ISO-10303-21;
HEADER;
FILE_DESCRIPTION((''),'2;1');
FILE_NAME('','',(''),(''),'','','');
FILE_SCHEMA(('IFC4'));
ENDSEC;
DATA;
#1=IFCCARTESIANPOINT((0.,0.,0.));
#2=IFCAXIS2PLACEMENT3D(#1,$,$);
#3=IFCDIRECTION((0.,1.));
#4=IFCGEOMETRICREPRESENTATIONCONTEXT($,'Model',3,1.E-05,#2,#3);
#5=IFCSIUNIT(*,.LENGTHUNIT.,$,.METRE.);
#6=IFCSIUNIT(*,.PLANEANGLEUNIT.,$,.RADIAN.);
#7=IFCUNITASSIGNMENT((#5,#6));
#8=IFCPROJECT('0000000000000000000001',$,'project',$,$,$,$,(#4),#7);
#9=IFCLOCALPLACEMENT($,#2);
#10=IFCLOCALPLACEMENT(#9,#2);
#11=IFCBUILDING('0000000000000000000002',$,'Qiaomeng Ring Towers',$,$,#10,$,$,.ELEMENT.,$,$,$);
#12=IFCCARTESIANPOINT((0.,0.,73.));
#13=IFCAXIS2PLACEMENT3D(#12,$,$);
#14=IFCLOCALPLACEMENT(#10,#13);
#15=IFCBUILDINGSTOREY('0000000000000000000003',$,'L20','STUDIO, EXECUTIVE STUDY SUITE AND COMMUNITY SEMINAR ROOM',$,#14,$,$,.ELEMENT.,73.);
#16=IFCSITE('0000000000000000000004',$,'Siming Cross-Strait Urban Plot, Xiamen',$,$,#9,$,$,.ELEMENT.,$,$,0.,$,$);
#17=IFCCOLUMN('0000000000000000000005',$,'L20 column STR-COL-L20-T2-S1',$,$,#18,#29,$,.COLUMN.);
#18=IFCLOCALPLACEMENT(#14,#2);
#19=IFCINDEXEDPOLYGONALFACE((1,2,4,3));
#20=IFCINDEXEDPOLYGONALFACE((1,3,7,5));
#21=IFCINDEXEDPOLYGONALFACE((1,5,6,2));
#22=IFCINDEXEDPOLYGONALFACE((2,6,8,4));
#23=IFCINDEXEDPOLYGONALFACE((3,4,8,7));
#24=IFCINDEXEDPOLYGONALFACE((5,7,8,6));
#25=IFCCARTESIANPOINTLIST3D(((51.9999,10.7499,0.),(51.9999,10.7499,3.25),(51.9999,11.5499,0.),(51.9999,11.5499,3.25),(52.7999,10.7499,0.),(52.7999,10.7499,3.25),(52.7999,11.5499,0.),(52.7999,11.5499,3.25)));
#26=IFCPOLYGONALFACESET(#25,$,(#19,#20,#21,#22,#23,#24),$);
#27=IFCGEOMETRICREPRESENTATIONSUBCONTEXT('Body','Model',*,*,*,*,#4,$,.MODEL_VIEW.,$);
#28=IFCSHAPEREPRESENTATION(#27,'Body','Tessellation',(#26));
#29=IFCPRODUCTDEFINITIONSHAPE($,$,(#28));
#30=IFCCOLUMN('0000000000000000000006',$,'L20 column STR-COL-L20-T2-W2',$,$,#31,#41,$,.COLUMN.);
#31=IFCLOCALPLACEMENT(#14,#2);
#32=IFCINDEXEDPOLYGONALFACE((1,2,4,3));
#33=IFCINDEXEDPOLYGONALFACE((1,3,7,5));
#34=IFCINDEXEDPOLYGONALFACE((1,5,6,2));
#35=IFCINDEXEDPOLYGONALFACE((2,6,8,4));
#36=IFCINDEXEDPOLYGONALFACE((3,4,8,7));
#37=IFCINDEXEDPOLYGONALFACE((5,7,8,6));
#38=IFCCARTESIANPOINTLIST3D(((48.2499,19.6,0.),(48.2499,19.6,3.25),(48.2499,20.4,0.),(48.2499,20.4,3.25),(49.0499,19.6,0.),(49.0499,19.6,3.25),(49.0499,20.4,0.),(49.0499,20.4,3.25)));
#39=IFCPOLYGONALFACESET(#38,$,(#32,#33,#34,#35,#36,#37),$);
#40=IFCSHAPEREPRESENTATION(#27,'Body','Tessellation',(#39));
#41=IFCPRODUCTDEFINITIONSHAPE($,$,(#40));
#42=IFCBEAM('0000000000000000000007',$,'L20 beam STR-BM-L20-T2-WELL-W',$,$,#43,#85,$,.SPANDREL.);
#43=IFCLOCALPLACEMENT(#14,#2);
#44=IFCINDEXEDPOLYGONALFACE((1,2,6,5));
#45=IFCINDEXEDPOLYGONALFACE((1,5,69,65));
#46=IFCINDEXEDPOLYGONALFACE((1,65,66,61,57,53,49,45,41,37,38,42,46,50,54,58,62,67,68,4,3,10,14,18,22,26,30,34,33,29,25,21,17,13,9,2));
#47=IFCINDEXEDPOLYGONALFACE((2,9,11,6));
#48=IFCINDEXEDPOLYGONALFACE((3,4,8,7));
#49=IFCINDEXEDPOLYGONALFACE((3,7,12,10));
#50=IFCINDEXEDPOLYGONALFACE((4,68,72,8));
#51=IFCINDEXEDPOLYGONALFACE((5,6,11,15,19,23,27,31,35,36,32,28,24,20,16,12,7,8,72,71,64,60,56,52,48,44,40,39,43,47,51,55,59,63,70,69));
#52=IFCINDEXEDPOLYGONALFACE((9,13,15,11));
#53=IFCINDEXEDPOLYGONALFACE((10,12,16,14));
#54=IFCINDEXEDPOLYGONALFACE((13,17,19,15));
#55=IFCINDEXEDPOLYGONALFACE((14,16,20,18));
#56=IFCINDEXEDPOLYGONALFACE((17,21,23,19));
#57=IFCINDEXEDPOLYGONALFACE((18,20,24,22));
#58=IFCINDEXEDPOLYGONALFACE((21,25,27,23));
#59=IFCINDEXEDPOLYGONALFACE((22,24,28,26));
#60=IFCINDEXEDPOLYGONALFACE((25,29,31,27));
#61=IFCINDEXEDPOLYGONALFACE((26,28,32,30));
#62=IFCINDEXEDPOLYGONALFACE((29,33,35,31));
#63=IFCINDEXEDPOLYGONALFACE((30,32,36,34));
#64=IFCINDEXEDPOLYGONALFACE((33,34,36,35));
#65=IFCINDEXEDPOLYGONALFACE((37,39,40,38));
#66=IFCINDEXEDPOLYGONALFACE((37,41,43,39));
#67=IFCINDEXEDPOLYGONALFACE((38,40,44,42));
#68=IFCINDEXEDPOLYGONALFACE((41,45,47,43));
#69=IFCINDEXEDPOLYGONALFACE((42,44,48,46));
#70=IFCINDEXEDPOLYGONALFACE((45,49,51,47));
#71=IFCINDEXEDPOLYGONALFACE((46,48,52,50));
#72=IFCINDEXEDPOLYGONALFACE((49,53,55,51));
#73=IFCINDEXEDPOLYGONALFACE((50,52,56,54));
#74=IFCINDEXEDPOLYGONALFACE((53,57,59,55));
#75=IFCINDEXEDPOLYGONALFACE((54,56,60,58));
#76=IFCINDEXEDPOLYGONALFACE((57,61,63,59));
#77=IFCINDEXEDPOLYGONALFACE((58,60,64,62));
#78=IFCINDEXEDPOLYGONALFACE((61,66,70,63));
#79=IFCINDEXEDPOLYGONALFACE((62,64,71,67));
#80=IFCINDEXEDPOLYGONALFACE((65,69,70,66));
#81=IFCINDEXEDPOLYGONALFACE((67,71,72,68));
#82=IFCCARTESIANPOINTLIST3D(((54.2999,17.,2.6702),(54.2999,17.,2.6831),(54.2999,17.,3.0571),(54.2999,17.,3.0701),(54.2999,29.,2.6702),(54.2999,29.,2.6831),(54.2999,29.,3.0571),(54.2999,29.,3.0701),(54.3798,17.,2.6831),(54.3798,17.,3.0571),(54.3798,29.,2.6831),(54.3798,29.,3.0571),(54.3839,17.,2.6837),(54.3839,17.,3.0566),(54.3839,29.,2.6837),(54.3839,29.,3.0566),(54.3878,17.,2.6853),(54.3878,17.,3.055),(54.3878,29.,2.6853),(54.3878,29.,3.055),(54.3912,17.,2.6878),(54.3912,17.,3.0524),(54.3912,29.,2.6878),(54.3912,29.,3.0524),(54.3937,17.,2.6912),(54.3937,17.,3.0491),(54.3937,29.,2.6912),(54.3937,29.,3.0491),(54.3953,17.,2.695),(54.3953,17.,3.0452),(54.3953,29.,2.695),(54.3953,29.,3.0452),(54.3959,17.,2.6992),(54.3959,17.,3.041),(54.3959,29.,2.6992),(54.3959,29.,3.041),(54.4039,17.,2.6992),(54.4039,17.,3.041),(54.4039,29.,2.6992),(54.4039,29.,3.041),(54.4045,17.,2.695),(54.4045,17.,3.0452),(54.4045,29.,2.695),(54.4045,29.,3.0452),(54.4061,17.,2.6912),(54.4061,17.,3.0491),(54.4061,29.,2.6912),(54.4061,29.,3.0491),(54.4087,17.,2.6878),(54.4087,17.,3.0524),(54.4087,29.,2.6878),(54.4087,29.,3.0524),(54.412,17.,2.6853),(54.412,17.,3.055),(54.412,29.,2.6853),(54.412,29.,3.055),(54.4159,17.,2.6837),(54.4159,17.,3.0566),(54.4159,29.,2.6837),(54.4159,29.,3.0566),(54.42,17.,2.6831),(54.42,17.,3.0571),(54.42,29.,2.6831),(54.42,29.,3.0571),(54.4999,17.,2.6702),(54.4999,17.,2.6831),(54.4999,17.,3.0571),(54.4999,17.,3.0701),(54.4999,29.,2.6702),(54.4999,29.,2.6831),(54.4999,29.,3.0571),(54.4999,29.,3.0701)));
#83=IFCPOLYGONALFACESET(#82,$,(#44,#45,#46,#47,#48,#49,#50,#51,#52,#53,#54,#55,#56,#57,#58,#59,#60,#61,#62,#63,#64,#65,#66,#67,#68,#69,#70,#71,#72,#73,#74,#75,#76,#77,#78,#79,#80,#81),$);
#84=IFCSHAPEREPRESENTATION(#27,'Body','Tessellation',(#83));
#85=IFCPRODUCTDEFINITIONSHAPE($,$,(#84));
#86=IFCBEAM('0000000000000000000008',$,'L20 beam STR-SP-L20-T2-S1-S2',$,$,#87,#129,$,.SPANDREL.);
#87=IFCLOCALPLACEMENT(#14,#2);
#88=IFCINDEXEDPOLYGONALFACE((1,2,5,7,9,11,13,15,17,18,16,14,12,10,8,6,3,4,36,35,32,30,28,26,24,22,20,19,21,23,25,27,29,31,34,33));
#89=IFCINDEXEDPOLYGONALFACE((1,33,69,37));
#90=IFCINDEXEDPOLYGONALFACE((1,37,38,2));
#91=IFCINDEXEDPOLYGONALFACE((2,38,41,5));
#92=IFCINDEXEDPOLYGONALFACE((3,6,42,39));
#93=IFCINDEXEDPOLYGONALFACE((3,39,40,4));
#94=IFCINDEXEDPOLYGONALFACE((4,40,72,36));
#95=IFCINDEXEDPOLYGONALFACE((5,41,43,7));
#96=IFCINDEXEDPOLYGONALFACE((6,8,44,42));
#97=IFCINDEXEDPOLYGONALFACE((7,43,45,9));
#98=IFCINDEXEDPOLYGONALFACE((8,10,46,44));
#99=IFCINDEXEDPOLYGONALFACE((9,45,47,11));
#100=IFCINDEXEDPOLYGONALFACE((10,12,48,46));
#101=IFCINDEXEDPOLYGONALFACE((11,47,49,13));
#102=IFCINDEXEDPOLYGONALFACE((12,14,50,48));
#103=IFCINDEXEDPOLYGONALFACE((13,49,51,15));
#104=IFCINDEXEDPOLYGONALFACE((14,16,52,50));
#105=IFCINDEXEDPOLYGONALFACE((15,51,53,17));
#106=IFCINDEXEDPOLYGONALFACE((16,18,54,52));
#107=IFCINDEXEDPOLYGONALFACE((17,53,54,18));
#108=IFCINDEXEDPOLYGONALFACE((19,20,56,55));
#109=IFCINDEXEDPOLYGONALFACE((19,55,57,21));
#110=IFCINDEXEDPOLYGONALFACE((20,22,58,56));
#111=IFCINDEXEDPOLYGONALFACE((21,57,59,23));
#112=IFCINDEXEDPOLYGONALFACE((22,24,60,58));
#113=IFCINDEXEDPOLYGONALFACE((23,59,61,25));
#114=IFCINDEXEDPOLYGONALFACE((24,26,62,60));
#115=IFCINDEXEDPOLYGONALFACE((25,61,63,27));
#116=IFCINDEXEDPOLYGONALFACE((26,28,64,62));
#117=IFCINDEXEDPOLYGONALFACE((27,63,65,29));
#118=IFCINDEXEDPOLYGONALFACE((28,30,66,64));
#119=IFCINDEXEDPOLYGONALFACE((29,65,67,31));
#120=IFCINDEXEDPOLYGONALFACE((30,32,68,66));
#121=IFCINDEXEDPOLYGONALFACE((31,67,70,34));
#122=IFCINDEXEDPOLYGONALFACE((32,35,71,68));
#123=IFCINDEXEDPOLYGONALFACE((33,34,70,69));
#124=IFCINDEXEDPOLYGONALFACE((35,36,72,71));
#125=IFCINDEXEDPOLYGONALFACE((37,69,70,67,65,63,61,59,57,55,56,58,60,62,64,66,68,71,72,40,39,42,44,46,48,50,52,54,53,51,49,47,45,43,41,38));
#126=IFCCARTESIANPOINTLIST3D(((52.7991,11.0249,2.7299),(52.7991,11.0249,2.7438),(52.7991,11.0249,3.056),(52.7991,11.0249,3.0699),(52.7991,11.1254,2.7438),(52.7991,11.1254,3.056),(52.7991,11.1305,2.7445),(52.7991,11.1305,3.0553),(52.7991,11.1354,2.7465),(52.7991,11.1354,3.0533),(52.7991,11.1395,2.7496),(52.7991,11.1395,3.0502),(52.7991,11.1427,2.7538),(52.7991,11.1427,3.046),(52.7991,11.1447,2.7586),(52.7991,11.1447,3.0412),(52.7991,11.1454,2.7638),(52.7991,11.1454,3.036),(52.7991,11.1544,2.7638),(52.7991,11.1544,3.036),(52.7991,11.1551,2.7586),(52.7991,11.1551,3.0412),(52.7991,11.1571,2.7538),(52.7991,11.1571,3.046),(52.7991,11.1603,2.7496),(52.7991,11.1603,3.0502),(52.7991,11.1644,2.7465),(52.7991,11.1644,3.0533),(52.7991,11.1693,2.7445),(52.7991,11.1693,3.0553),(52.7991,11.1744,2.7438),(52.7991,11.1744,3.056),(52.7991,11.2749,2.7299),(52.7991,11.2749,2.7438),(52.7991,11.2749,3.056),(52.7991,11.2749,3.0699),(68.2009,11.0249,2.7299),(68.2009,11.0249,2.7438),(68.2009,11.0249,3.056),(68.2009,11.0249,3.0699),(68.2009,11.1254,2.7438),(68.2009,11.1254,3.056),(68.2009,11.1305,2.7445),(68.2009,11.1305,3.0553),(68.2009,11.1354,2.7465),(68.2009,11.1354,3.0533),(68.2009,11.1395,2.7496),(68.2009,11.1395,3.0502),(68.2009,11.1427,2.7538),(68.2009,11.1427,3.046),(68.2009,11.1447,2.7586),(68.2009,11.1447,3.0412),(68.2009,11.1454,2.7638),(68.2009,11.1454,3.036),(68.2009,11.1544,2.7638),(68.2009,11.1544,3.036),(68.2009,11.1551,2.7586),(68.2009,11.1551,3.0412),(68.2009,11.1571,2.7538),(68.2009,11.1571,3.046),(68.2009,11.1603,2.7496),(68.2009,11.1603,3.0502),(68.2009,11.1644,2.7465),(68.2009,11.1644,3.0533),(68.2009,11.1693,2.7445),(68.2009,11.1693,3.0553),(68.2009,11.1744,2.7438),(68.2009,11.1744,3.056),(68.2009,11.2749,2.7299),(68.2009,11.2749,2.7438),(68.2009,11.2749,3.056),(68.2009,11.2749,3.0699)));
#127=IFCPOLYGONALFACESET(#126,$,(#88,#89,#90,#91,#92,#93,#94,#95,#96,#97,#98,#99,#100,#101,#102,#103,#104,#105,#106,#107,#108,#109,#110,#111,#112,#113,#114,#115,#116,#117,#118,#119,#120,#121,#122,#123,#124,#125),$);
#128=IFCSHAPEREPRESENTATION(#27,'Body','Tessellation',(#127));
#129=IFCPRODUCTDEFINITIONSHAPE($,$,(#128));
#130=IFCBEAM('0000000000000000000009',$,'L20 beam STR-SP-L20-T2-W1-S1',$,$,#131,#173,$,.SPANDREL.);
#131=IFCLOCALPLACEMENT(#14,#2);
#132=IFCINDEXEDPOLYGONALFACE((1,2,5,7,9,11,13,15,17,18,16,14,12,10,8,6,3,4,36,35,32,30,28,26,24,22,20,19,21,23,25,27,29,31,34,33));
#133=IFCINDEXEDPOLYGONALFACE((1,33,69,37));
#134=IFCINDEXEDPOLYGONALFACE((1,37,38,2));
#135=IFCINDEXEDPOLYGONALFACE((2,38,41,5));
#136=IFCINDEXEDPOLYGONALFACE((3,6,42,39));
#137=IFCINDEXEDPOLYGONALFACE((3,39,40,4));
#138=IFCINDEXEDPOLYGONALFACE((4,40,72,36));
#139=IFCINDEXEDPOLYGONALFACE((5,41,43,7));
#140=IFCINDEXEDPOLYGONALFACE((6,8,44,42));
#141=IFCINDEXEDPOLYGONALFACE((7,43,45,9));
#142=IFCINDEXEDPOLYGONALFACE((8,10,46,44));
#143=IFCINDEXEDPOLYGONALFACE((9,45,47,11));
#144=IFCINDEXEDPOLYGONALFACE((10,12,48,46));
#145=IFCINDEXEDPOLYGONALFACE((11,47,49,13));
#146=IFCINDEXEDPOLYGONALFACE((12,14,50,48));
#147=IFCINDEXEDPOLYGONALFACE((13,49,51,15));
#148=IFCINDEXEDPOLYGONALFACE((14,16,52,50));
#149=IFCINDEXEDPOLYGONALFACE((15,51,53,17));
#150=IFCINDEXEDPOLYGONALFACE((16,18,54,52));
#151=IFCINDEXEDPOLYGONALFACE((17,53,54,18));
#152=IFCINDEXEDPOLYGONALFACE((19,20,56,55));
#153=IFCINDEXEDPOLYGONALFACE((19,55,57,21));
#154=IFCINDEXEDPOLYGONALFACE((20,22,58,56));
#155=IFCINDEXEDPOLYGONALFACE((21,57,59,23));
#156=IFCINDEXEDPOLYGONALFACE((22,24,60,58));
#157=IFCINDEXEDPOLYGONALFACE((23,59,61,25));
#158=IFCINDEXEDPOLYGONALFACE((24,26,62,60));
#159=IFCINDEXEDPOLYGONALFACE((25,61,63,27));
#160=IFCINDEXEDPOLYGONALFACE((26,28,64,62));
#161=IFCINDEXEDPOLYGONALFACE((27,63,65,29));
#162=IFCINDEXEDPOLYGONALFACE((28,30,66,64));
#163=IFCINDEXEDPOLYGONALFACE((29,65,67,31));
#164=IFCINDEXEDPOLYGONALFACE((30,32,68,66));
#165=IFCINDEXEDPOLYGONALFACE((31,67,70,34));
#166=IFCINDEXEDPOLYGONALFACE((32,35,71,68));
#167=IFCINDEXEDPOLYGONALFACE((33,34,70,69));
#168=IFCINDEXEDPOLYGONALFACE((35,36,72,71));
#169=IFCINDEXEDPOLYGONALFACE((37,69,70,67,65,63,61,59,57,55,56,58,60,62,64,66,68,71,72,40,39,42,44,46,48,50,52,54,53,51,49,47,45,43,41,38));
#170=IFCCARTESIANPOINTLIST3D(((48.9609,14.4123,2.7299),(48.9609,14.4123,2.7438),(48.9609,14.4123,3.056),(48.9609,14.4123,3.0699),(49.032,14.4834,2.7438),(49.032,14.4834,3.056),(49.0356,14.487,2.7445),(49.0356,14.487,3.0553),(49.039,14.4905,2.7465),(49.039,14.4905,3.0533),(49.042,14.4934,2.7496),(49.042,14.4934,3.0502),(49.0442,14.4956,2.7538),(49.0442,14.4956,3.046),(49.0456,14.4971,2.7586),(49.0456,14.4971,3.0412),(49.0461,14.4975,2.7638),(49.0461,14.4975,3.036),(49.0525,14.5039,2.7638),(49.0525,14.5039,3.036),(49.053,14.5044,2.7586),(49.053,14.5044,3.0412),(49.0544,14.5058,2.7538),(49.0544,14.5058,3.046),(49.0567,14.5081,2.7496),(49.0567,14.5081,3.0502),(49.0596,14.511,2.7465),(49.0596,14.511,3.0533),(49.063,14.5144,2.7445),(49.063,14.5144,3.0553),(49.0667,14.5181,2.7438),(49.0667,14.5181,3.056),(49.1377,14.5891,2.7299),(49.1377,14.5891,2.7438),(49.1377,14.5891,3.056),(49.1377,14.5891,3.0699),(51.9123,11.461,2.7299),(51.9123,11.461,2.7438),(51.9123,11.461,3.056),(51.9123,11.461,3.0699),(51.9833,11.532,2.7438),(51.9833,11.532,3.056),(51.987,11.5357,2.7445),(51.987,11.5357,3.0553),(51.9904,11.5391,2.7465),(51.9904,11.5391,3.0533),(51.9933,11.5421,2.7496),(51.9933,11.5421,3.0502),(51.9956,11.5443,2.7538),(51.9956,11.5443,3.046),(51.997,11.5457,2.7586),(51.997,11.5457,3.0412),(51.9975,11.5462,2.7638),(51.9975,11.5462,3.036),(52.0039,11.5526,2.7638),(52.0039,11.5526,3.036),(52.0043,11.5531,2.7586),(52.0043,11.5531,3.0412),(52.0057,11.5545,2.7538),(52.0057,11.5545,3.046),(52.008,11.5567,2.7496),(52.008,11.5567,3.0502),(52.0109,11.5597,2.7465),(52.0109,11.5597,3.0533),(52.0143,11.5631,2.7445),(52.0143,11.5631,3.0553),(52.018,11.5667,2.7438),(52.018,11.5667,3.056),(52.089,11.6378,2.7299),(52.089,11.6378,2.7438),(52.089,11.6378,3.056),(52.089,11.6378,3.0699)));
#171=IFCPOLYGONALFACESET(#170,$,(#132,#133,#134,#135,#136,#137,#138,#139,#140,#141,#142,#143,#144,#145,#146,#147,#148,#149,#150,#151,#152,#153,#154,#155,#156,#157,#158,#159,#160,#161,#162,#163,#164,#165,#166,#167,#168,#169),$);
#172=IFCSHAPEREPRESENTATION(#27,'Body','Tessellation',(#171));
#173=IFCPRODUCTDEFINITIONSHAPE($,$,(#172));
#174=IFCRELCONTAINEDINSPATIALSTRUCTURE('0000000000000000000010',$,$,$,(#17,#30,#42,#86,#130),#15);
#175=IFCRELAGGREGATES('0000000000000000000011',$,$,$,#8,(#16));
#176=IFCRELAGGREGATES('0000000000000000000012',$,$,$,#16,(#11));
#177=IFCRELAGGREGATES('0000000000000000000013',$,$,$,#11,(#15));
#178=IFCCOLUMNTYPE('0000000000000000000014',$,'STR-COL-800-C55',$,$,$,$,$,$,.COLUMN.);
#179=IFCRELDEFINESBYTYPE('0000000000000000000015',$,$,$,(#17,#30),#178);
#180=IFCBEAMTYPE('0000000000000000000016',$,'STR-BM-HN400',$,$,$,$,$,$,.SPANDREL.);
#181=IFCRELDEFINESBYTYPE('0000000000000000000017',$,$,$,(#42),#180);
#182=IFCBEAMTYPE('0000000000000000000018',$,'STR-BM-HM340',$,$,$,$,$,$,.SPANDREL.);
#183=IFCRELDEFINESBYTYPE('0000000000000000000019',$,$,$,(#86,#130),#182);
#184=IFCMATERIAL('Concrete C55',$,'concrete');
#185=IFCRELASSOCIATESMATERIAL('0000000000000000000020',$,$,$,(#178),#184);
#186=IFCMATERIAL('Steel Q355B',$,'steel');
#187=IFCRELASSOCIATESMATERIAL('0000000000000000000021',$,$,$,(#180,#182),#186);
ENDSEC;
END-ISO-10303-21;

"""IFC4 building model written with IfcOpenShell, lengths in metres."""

from ifc_helpers import new_model, si_unit, direction, frame, origin, origin_2d, place, context, subcontext, project, spatial, rectangle, i_section, extrude, source, transform, mapped, material, material_profile, profile_set, type_object, element, save


model = new_model("IFC4")

# Units and contexts
model_context = context("Model", 3, precision=1e-05, world=origin(), true_north=direction((0.0, 1.0)))
body_context = subcontext(model_context, "Body", "Model", "MODEL_VIEW")
ifc_project = project(units=[si_unit("LENGTHUNIT", "METRE"), si_unit("PLANEANGLEUNIT", "RADIAN")], contexts=[model_context])

# Site, building, storey
site_placement = place(None, origin())
site = spatial("IfcSite", under=ifc_project, at=site_placement, Name="Siming Cross-Strait Urban Plot, Xiamen", CompositionType="ELEMENT", RefElevation=0.0)
building_placement = place(site_placement, origin())
building = spatial("IfcBuilding", under=site, at=building_placement, Name="Qiaomeng Ring Towers", CompositionType="ELEMENT")
storey_placement = place(building_placement, frame((0.0, 0.0, 73.0)))
storey = spatial("IfcBuildingStorey", under=building, at=storey_placement, Name="L20", Description="STUDIO, EXECUTIVE STUDY SUITE AND COMMUNITY SEMINAR ROOM", CompositionType="ELEMENT", Elevation=73.0)

# Columns
ifc_material_1 = material(Name="Concrete C55", Category="concrete")
ifc_material_profile_1 = material_profile(ifc_material_1, rectangle(XDim=0.8, YDim=0.8, at=origin_2d()), Name="RC COL 800x800")
ifc_profile_set_1 = profile_set([ifc_material_profile_1], Name="Concrete C55")
column_type = type_object("IfcColumnType", Name="STR-COL-800-C55", PredefinedType="COLUMN", material=ifc_profile_set_1)
shared_shape_1 = source(origin(), body_context, "Body", "SweptSolid", [
    extrude(rectangle(XDim=0.8, YDim=0.8, at=origin_2d()), origin(), (0.0, 0.0, 1.0), 3.25),
])
for number, where, z_axis, x_axis, name in (
    (1, (52.3999, 11.1499, 0.0), (0.0, 0.0, 1.0), (1.0, 0.0, 0.0), "L20 column STR-COL-L20-T2-S1"),
    (2, (48.6499, 20.0, 0.0), (0.0, 0.0, 1.0), (1.0, 0.0, 0.0), "L20 column STR-COL-L20-T2-W2"),
):
    element("IfcColumn", number, at=place(storey_placement, frame(where, z_axis=z_axis, x_axis=x_axis)), inside=storey, type_object=column_type, Name=name, PredefinedType="COLUMN", context=body_context, shape_type="MappedRepresentation", body=[
        mapped(shared_shape_1, transform((0.0, 0.0, 0.0), x_axis=(1.0, 0.0, 0.0), y_axis=(0.0, 1.0, 0.0), z_axis=(0.0, 0.0, 1.0), scale=1.0)),
    ])

# Beams
ifc_material_2 = material(Name="Steel Q355B", Category="steel")
ifc_material_profile_2 = material_profile(ifc_material_2, i_section(OverallWidth=0.2, OverallDepth=0.3999, WebThickness=0.0081, FlangeThickness=0.0129, FilletRadius=0.0161, at=origin_2d()), Name="HN 400x200x8x13")
ifc_profile_set_2 = profile_set([ifc_material_profile_2], Name="Steel Q355B")
beam_type_1 = type_object("IfcBeamType", Name="STR-BM-HN400", PredefinedType="SPANDREL", material=ifc_profile_set_2)
shared_shape_2 = source(origin(), body_context, "Body", "SweptSolid", [
    extrude(i_section(OverallWidth=0.2, OverallDepth=0.3999, WebThickness=0.0081, FlangeThickness=0.0129, FilletRadius=0.0161, at=origin_2d()), origin(), (0.0, 0.0, 1.0), 12.0),
])
beam_1_placement = place(storey_placement, frame((54.3999, 17.0, 2.8701), z_axis=(0.0, 1.0, 0.0), x_axis=(-1.0, 0.0, 0.0)))
element("IfcBeam", 3, at=beam_1_placement, inside=storey, type_object=beam_type_1, Name="L20 beam STR-BM-L20-T2-WELL-W", PredefinedType="SPANDREL", context=body_context, shape_type="MappedRepresentation", body=[
    mapped(shared_shape_2, transform((0.0, 0.0, 0.0), x_axis=(1.0, 0.0, 0.0), y_axis=(0.0, 1.0, 0.0), z_axis=(0.0, 0.0, 1.0), scale=1.0)),
])
ifc_material_profile_3 = material_profile(ifc_material_2, i_section(OverallWidth=0.25, OverallDepth=0.3401, WebThickness=0.009, FlangeThickness=0.0139, FilletRadius=0.02, at=origin_2d()), Name="HM 340x250x9x14")
ifc_profile_set_3 = profile_set([ifc_material_profile_3], Name="Steel Q355B")
beam_type_2 = type_object("IfcBeamType", Name="STR-BM-HM340", PredefinedType="SPANDREL", material=ifc_profile_set_3)
shared_shape_3 = source(origin(), body_context, "Body", "SweptSolid", [
    extrude(i_section(OverallWidth=0.25, OverallDepth=0.3401, WebThickness=0.009, FlangeThickness=0.0139, FilletRadius=0.02, at=origin_2d()), origin(), (0.0, 0.0, 1.0), 15.4019),
])
beam_2_placement = place(storey_placement, frame((52.7991, 11.1499, 2.8999), z_axis=(1.0, 0.0, 0.0), x_axis=(0.0, 1.0, 0.0)))
element("IfcBeam", 4, at=beam_2_placement, inside=storey, type_object=beam_type_2, Name="L20 beam STR-SP-L20-T2-S1-S2", PredefinedType="SPANDREL", context=body_context, shape_type="MappedRepresentation", body=[
    mapped(shared_shape_3, transform((0.0, 0.0, 0.0), x_axis=(1.0, 0.0, 0.0), y_axis=(0.0, 1.0, 0.0), z_axis=(0.0, 0.0, 1.0), scale=1.0)),
])
shared_shape_4 = source(origin(), body_context, "Body", "SweptSolid", [
    extrude(i_section(OverallWidth=0.25, OverallDepth=0.3401, WebThickness=0.009, FlangeThickness=0.0139, FilletRadius=0.02, at=origin_2d()), origin(), (0.0, 0.0, 1.0), 4.1738),
])
beam_3_placement = place(storey_placement, frame((49.0493, 14.5007, 2.8999), z_axis=(0.707107, -0.707107, 0.0), x_axis=(0.707107, 0.707107, 0.0)))
element("IfcBeam", 5, at=beam_3_placement, inside=storey, type_object=beam_type_2, Name="L20 beam STR-SP-L20-T2-W1-S1", PredefinedType="SPANDREL", context=body_context, shape_type="MappedRepresentation", body=[
    mapped(shared_shape_4, transform((0.0, 0.0, 0.0), x_axis=(1.0, 0.0, 0.0), y_axis=(0.0, 1.0, 0.0), z_axis=(0.0, 0.0, 1.0), scale=1.0)),
])

save(model, "model.ifc")
